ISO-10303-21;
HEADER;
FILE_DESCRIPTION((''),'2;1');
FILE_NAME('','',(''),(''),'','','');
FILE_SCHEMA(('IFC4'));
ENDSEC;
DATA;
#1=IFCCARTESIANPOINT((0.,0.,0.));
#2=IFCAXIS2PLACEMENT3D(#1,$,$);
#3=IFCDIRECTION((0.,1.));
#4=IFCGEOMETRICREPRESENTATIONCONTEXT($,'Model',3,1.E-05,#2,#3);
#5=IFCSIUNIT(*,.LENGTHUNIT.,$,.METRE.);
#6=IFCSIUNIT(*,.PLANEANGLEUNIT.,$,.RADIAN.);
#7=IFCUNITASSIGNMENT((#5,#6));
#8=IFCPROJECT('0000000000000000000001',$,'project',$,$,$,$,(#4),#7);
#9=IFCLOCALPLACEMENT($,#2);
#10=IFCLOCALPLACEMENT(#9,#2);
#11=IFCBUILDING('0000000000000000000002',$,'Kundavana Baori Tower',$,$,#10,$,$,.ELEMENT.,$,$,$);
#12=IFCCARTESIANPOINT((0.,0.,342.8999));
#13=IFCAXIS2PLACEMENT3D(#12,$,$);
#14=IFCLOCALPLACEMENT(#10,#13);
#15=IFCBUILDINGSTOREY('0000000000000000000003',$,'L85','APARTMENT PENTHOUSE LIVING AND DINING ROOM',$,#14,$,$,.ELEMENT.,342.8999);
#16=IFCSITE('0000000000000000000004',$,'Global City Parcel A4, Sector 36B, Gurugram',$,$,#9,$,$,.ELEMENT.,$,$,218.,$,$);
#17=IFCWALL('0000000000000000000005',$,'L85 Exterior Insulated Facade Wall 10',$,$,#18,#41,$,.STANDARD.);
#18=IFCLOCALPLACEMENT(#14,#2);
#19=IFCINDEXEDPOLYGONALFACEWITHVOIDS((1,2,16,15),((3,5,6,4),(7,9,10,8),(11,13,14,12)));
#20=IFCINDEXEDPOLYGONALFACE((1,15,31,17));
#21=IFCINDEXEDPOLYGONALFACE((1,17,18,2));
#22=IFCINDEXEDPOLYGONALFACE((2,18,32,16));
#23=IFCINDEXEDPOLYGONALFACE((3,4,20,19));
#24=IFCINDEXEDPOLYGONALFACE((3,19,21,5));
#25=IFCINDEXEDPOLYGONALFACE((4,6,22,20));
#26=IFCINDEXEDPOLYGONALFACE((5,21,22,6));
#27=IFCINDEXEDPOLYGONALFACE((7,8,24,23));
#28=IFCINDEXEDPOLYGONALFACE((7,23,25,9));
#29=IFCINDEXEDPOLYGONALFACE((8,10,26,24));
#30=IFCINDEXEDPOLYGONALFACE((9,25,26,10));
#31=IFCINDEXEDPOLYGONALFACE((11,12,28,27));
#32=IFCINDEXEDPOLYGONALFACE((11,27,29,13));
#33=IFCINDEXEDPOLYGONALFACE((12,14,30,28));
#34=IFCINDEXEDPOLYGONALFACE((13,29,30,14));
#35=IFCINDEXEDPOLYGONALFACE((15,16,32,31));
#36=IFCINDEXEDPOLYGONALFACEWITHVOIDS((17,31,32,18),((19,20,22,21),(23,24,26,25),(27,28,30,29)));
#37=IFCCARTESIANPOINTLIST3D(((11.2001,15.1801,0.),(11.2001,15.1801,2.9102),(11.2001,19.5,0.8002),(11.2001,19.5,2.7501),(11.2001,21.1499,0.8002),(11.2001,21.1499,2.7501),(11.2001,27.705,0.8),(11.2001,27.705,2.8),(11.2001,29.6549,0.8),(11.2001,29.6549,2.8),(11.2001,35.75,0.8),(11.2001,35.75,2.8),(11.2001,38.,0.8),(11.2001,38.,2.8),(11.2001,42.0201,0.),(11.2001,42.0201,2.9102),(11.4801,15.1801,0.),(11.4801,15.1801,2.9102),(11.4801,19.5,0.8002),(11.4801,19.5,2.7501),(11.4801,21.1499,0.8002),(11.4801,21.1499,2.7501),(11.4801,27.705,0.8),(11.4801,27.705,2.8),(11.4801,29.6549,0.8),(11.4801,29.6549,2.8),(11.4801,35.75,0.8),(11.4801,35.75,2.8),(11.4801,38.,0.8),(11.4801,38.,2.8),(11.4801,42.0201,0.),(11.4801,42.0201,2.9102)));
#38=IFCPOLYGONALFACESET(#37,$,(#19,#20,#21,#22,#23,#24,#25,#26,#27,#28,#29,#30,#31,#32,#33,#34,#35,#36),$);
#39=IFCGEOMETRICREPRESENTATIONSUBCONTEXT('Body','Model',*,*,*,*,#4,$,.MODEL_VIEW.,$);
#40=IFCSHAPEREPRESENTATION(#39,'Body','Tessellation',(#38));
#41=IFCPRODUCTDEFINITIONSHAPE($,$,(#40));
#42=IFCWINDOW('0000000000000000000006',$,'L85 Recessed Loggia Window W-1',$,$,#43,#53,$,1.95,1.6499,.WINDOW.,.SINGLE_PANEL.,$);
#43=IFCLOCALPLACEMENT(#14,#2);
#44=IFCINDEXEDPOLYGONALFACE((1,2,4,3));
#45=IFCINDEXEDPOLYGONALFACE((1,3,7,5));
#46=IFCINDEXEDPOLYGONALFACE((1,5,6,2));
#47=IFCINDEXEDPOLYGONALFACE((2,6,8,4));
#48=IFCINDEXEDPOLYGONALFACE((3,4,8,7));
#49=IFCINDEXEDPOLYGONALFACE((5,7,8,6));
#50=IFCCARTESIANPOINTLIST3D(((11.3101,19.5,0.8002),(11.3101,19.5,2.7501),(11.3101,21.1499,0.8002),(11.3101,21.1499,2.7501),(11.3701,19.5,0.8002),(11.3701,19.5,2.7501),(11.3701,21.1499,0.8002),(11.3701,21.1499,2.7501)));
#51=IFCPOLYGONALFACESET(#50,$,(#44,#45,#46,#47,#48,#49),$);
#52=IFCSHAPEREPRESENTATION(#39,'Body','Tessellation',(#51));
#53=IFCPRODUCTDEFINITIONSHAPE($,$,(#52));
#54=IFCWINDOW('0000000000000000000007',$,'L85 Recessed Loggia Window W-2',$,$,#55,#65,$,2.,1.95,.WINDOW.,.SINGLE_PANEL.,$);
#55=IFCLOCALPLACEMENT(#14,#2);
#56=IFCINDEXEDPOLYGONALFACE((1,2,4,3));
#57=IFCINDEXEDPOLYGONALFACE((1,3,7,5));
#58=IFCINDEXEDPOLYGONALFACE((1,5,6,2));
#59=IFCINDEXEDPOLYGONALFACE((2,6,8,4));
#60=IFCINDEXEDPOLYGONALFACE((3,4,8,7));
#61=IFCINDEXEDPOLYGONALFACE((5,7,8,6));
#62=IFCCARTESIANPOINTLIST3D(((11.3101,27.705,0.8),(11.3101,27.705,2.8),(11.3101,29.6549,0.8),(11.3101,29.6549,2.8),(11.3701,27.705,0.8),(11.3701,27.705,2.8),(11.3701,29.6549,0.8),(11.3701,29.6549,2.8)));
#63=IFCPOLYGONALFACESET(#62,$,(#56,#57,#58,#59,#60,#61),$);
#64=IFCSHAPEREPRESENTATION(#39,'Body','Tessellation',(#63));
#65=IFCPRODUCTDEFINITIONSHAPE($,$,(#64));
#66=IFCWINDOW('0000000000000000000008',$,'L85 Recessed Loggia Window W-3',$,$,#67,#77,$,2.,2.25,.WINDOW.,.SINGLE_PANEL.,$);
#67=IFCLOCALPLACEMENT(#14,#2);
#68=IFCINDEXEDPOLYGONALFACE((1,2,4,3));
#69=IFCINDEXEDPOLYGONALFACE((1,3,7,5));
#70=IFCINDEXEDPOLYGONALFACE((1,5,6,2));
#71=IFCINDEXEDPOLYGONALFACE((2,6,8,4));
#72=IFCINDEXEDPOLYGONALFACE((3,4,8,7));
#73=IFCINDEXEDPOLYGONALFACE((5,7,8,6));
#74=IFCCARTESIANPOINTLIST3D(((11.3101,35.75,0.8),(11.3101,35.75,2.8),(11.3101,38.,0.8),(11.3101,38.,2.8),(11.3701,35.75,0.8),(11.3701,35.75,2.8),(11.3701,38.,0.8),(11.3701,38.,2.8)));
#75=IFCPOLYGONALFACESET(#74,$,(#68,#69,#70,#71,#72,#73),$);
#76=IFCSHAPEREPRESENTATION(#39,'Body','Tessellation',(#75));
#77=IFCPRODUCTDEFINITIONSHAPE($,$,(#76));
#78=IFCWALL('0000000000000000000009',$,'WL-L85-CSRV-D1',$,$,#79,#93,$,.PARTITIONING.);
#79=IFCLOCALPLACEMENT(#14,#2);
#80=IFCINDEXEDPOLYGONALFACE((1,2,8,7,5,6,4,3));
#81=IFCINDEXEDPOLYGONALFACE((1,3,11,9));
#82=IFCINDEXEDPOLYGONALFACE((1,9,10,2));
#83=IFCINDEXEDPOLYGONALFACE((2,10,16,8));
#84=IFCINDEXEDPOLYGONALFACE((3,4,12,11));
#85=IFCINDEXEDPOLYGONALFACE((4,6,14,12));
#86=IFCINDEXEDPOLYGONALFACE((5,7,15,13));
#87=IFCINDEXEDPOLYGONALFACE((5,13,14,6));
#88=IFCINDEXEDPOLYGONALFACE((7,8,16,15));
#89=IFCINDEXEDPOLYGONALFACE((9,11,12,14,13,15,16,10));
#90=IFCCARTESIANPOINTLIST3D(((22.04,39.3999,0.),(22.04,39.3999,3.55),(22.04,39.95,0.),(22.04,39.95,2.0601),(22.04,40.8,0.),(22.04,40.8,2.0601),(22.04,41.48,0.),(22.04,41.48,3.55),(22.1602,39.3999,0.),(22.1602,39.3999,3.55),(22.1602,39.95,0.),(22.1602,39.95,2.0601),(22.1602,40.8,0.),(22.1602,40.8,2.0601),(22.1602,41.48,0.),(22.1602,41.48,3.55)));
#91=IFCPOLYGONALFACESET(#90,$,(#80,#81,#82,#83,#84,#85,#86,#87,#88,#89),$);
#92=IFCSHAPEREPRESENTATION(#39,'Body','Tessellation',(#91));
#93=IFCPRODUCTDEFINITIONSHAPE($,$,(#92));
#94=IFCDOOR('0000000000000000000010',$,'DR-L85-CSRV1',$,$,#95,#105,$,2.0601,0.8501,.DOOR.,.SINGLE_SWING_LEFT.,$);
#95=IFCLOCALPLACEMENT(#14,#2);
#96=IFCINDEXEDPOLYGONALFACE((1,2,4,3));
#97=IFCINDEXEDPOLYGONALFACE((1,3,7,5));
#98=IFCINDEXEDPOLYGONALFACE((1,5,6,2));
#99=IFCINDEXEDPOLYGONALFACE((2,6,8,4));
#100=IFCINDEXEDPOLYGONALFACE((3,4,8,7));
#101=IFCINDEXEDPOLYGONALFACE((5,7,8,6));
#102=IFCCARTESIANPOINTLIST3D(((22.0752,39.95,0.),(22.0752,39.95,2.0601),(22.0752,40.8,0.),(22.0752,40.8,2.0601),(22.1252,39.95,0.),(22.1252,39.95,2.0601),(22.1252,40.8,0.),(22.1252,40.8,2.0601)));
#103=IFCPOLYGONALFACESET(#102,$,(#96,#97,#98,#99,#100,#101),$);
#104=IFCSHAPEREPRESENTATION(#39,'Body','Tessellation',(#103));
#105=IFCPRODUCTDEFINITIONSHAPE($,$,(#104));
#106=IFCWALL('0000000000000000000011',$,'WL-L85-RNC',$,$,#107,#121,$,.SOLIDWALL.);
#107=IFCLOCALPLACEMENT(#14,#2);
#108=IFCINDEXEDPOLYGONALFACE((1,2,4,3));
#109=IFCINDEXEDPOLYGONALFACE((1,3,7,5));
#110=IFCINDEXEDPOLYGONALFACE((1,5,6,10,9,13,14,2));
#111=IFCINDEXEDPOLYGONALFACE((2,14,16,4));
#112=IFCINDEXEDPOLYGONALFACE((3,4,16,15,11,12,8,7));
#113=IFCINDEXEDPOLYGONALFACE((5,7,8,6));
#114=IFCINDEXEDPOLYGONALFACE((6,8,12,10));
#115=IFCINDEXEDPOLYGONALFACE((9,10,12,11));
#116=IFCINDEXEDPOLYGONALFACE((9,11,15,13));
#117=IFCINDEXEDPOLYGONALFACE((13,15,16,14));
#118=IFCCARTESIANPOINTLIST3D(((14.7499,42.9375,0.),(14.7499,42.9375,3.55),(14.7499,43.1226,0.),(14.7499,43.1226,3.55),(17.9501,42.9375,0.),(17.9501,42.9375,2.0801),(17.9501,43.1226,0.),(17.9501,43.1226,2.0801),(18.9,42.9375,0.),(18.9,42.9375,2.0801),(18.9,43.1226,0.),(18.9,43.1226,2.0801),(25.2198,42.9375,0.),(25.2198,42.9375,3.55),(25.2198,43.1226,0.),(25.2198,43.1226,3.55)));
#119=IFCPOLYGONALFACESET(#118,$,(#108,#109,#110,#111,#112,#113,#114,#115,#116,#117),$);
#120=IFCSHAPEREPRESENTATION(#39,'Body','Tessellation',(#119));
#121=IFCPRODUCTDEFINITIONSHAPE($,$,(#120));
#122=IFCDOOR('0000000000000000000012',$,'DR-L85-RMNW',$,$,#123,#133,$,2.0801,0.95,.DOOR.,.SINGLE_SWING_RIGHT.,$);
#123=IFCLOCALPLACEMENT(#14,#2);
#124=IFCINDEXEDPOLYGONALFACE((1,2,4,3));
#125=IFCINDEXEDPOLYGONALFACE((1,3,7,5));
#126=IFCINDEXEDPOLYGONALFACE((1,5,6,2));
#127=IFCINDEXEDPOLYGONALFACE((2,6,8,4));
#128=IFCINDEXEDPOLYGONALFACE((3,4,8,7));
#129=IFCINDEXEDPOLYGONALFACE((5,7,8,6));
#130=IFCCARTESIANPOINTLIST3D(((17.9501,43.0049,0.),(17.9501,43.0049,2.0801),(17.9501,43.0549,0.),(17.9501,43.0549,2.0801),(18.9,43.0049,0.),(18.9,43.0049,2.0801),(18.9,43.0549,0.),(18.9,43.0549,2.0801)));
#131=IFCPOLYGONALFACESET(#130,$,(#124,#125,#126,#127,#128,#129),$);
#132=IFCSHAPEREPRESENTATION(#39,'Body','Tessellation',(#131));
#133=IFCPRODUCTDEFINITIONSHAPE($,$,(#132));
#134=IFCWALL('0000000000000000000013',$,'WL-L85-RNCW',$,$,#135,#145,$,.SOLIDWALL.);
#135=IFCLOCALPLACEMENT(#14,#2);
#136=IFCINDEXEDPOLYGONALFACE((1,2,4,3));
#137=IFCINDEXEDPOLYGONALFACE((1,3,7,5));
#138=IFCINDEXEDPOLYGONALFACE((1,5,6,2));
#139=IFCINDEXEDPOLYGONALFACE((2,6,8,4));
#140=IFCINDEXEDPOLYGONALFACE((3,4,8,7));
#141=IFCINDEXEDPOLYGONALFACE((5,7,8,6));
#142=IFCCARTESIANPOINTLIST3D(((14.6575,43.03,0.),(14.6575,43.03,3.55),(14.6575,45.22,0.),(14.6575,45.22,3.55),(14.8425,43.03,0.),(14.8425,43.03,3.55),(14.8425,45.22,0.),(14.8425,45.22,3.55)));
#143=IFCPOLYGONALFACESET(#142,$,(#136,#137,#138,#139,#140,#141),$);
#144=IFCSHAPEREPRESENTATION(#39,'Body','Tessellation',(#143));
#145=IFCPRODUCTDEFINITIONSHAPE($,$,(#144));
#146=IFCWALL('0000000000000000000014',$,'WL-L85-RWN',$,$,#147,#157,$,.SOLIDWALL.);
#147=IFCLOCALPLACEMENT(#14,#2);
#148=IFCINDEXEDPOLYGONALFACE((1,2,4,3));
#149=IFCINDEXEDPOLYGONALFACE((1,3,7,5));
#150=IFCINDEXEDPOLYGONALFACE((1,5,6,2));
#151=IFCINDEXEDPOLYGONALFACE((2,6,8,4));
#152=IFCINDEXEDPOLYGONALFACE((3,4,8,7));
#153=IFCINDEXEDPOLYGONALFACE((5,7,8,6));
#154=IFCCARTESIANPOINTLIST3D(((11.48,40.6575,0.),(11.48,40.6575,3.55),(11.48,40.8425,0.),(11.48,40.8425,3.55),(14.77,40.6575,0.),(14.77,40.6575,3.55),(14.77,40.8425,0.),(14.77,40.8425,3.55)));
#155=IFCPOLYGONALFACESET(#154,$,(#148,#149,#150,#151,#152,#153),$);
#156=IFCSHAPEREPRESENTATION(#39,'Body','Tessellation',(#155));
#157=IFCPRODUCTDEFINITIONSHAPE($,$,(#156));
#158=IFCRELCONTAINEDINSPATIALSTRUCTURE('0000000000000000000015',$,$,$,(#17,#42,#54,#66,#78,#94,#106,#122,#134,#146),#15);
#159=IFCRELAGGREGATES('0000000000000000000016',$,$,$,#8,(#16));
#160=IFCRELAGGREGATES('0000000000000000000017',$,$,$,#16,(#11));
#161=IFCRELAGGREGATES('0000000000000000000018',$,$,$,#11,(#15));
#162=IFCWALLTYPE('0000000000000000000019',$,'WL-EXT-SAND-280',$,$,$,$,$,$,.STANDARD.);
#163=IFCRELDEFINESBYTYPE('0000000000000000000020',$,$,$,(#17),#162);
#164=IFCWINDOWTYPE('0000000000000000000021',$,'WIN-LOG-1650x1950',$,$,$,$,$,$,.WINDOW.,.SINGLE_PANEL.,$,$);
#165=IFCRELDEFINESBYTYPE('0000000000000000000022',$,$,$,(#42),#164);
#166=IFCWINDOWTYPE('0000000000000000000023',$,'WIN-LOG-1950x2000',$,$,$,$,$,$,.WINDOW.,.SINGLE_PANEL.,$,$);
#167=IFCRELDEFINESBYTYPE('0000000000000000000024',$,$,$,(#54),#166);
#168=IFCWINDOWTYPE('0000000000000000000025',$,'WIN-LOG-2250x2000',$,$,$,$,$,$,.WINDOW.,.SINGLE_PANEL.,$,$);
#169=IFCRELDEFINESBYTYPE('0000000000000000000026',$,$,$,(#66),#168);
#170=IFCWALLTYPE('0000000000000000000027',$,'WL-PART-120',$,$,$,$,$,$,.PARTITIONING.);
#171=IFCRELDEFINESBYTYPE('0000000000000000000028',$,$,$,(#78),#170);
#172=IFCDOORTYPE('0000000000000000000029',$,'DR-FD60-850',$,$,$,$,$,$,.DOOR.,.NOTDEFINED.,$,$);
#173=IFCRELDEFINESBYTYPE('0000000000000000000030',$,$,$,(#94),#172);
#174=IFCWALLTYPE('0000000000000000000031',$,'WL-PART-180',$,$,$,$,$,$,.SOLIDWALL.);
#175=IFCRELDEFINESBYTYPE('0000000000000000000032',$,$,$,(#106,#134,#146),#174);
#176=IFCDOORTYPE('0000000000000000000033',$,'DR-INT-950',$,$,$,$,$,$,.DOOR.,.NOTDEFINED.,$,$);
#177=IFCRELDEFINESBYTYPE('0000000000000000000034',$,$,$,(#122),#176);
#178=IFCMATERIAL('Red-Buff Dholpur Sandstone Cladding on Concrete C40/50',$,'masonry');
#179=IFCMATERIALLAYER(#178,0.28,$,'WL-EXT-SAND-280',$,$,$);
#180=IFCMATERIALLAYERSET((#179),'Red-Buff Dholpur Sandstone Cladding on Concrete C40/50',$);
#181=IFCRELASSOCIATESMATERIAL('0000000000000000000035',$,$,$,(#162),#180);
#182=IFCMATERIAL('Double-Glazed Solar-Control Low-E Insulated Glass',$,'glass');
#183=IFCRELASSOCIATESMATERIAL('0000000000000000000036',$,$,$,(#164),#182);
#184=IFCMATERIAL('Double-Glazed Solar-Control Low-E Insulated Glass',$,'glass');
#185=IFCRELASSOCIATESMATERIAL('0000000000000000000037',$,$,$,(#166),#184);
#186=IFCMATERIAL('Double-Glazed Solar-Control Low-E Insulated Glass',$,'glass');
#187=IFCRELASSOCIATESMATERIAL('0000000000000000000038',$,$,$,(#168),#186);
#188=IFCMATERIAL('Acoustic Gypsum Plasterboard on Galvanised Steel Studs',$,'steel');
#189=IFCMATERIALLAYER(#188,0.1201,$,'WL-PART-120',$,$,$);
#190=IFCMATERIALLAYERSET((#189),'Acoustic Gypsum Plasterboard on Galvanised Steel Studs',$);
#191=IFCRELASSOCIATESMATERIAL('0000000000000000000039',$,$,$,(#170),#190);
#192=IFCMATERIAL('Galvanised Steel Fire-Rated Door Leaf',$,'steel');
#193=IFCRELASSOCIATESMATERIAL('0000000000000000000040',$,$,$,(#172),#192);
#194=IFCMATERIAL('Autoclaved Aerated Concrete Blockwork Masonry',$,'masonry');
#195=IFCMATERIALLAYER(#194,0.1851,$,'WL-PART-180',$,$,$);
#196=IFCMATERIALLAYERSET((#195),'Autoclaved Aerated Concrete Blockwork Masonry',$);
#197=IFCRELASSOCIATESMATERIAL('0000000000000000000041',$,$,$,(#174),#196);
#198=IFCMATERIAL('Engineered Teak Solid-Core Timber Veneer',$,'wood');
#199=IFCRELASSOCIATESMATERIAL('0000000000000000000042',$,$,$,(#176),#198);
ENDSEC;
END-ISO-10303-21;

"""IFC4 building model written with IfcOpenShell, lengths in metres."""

from ifc_helpers import new_model, si_unit, direction, frame, frame_2d, origin, place, context, subcontext, project, spatial, rectangle, extrude, material, layer, layer_set, type_object, element, fill, save


model = new_model("IFC4")

# Units and contexts
model_context = context("Model", 3, precision=1e-05, world=origin(), true_north=direction((0.0, 1.0)))
body_context = subcontext(model_context, "Body", "Model", "MODEL_VIEW")
ifc_project = project(units=[si_unit("LENGTHUNIT", "METRE"), si_unit("PLANEANGLEUNIT", "RADIAN")], contexts=[model_context])

# Site, building, storey
site_placement = place(None, origin())
site = spatial("IfcSite", under=ifc_project, at=site_placement, Name="Global City Parcel A4, Sector 36B, Gurugram", CompositionType="ELEMENT", RefElevation=218.0)
building_placement = place(site_placement, origin())
building = spatial("IfcBuilding", under=site, at=building_placement, Name="Kundavana Baori Tower", CompositionType="ELEMENT")
storey_placement = place(building_placement, frame((0.0, 0.0, 342.8999)))
storey = spatial("IfcBuildingStorey", under=building, at=storey_placement, Name="L85", Description="APARTMENT PENTHOUSE LIVING AND DINING ROOM", CompositionType="ELEMENT", Elevation=342.8999)

# Shared definitions
ifc_material_1 = material(Name="Red-Buff Dholpur Sandstone Cladding on Concrete C40/50", Category="masonry")
ifc_layer_1 = layer(ifc_material_1, 0.28, Name="WL-EXT-SAND-280")
ifc_layer_set_1 = layer_set([ifc_layer_1], Name="Red-Buff Dholpur Sandstone Cladding on Concrete C40/50")
wall_type_1 = type_object("IfcWallType", Name="WL-EXT-SAND-280", PredefinedType="STANDARD", material=ifc_layer_set_1)

# Wall, openings, windows
wall_1_placement = place(storey_placement, frame((11.3401, 42.02, 0.0), z_axis=(0.0, 0.0, 1.0), x_axis=(0.0, -1.0, 0.0)))
wall_1 = element("IfcWall", 1, at=wall_1_placement, inside=storey, type_object=wall_type_1, Name="L85 Exterior Insulated Facade Wall 10", PredefinedType="STANDARD", context=body_context, shape_type="SweptSolid", body=[
    extrude(rectangle(XDim=26.8401, YDim=0.28, at=frame_2d((13.4199, 0.0))), origin(), (0.0, 0.0, 1.0), 2.9102),
])
opening_1_placement = place(wall_1_placement, frame((20.8701, 0.0, 0.8)))
opening_1 = element("IfcOpeningElement", 2, at=opening_1_placement, cuts=wall_1, PredefinedType="OPENING", context=body_context, shape_type="SweptSolid", body=[
    extrude(rectangle(XDim=1.6499, YDim=1.95, at=frame_2d((0.825, 0.9751))), frame((0.0, 0.1499, 0.0), z_axis=(0.0, -1.0, 0.0), x_axis=(1.0, 0.0, 0.0)), (0.0, 0.0, 1.0), 0.3),
])
opening_2_placement = place(wall_1_placement, frame((12.365, 0.0, 0.8)))
opening_2 = element("IfcOpeningElement", 3, at=opening_2_placement, cuts=wall_1, PredefinedType="OPENING", context=body_context, shape_type="SweptSolid", body=[
    extrude(rectangle(XDim=1.95, YDim=2.0, at=frame_2d((0.9751, 1.0))), frame((0.0, 0.1499, 0.0), z_axis=(0.0, -1.0, 0.0), x_axis=(1.0, 0.0, 0.0)), (0.0, 0.0, 1.0), 0.3),
])
opening_3_placement = place(wall_1_placement, frame((4.02, 0.0, 0.8)))
opening_3 = element("IfcOpeningElement", 4, at=opening_3_placement, cuts=wall_1, PredefinedType="OPENING", context=body_context, shape_type="SweptSolid", body=[
    extrude(rectangle(XDim=2.25, YDim=2.0, at=frame_2d((1.125, 1.0))), frame((0.0, 0.1499, 0.0), z_axis=(0.0, -1.0, 0.0), x_axis=(1.0, 0.0, 0.0)), (0.0, 0.0, 1.0), 0.3),
])
ifc_material_2 = material(Name="Double-Glazed Solar-Control Low-E Insulated Glass", Category="glass")
window_type_1 = type_object("IfcWindowType", Name="WIN-LOG-1650x1950", PartitioningType="SINGLE_PANEL", PredefinedType="WINDOW", material=ifc_material_2)
window_1_placement = place(opening_1_placement, origin())
window_1 = element("IfcWindow", 5, at=window_1_placement, inside=storey, type_object=window_type_1, Name="L85 Recessed Loggia Window W-1", OverallHeight=1.95, OverallWidth=1.6499, PartitioningType="SINGLE_PANEL", PredefinedType="WINDOW", context=body_context, shape_type="SweptSolid", body=[
    extrude(rectangle(XDim=1.6499, YDim=1.95, at=frame_2d((0.825, 0.9751))), frame((0.0, 0.03, 0.0), z_axis=(0.0, -1.0, 0.0), x_axis=(1.0, 0.0, 0.0)), (0.0, 0.0, 1.0), 0.0601),
])
fill(opening_1, window_1)
ifc_material_3 = material(Name="Double-Glazed Solar-Control Low-E Insulated Glass", Category="glass")
window_type_2 = type_object("IfcWindowType", Name="WIN-LOG-1950x2000", PartitioningType="SINGLE_PANEL", PredefinedType="WINDOW", material=ifc_material_3)
window_2_placement = place(opening_2_placement, origin())
window_2 = element("IfcWindow", 6, at=window_2_placement, inside=storey, type_object=window_type_2, Name="L85 Recessed Loggia Window W-2", OverallHeight=2.0, OverallWidth=1.95, PartitioningType="SINGLE_PANEL", PredefinedType="WINDOW", context=body_context, shape_type="SweptSolid", body=[
    extrude(rectangle(XDim=1.95, YDim=2.0, at=frame_2d((0.9751, 1.0))), frame((0.0, 0.03, 0.0), z_axis=(0.0, -1.0, 0.0), x_axis=(1.0, 0.0, 0.0)), (0.0, 0.0, 1.0), 0.0601),
])
fill(opening_2, window_2)
ifc_material_4 = material(Name="Double-Glazed Solar-Control Low-E Insulated Glass", Category="glass")
window_type_3 = type_object("IfcWindowType", Name="WIN-LOG-2250x2000", PartitioningType="SINGLE_PANEL", PredefinedType="WINDOW", material=ifc_material_4)
window_3_placement = place(opening_3_placement, origin())
window_3 = element("IfcWindow", 7, at=window_3_placement, inside=storey, type_object=window_type_3, Name="L85 Recessed Loggia Window W-3", OverallHeight=2.0, OverallWidth=2.25, PartitioningType="SINGLE_PANEL", PredefinedType="WINDOW", context=body_context, shape_type="SweptSolid", body=[
    extrude(rectangle(XDim=2.25, YDim=2.0, at=frame_2d((1.125, 1.0))), frame((0.0, 0.03, 0.0), z_axis=(0.0, -1.0, 0.0), x_axis=(1.0, 0.0, 0.0)), (0.0, 0.0, 1.0), 0.0601),
])
fill(opening_3, window_3)

# Walls, openings, doors
ifc_material_5 = material(Name="Acoustic Gypsum Plasterboard on Galvanised Steel Studs", Category="steel")
ifc_layer_2 = layer(ifc_material_5, 0.1201, Name="WL-PART-120")
ifc_layer_set_2 = layer_set([ifc_layer_2], Name="Acoustic Gypsum Plasterboard on Galvanised Steel Studs")
wall_type_2 = type_object("IfcWallType", Name="WL-PART-120", PredefinedType="PARTITIONING", material=ifc_layer_set_2)
wall_2_placement = place(storey_placement, frame((22.1001, 39.3999, 0.0), z_axis=(0.0, 0.0, 1.0), x_axis=(0.0, 1.0, 0.0)))
wall_2 = element("IfcWall", 8, at=wall_2_placement, inside=storey, type_object=wall_type_2, Name="WL-L85-CSRV-D1", PredefinedType="PARTITIONING", context=body_context, shape_type="SweptSolid", body=[
    extrude(rectangle(XDim=2.0801, YDim=0.1201, at=frame_2d((1.04, 0.0))), origin(), (0.0, 0.0, 1.0), 3.55),
])
opening_4_placement = place(wall_2_placement, frame((0.55, 0.0, 0.0)))
opening_4 = element("IfcOpeningElement", 9, at=opening_4_placement, cuts=wall_2, PredefinedType="OPENING", context=body_context, shape_type="SweptSolid", body=[
    extrude(rectangle(XDim=0.8501, YDim=2.0601, at=frame_2d((0.425, 1.03))), frame((0.0, 0.0701, 0.0), z_axis=(0.0, -1.0, 0.0), x_axis=(1.0, 0.0, 0.0)), (0.0, 0.0, 1.0), 0.1401),
])
ifc_material_6 = material(Name="Galvanised Steel Fire-Rated Door Leaf", Category="steel")
door_type_1 = type_object("IfcDoorType", Name="DR-FD60-850", OperationType="NOTDEFINED", PredefinedType="DOOR", material=ifc_material_6)
door_1_placement = place(opening_4_placement, origin())
door_1 = element("IfcDoor", 10, at=door_1_placement, inside=storey, type_object=door_type_1, Name="DR-L85-CSRV1", OperationType="SINGLE_SWING_LEFT", OverallHeight=2.0601, OverallWidth=0.8501, PredefinedType="DOOR", context=body_context, shape_type="SweptSolid", body=[
    extrude(rectangle(XDim=0.8501, YDim=2.0601, at=frame_2d((0.425, 1.03))), frame((0.0, 0.0249, 0.0), z_axis=(0.0, -1.0, 0.0), x_axis=(1.0, 0.0, 0.0)), (0.0, 0.0, 1.0), 0.05),
])
fill(opening_4, door_1)
ifc_material_7 = material(Name="Autoclaved Aerated Concrete Blockwork Masonry", Category="masonry")
ifc_layer_3 = layer(ifc_material_7, 0.1851, Name="WL-PART-180")
ifc_layer_set_3 = layer_set([ifc_layer_3], Name="Autoclaved Aerated Concrete Blockwork Masonry")
wall_type_3 = type_object("IfcWallType", Name="WL-PART-180", PredefinedType="SOLIDWALL", material=ifc_layer_set_3)
wall_3_placement = place(storey_placement, frame((14.75, 43.03, 0.0), z_axis=(0.0, 0.0, 1.0), x_axis=(1.0, 0.0, 0.0)))
wall_3 = element("IfcWall", 11, at=wall_3_placement, inside=storey, type_object=wall_type_3, Name="WL-L85-RNC", PredefinedType="SOLIDWALL", context=body_context, shape_type="SweptSolid", body=[
    extrude(rectangle(XDim=10.47, YDim=0.1851, at=frame_2d((5.2349, 0.0))), origin(), (0.0, 0.0, 1.0), 3.55),
])
opening_5_placement = place(wall_3_placement, frame((3.2, 0.0, 0.0)))
opening_5 = element("IfcOpeningElement", 12, at=opening_5_placement, cuts=wall_3, PredefinedType="OPENING", context=body_context, shape_type="SweptSolid", body=[
    extrude(rectangle(XDim=0.95, YDim=2.0801, at=frame_2d((0.4751, 1.04))), frame((0.0, 0.1025, 0.0), z_axis=(0.0, -1.0, 0.0), x_axis=(1.0, 0.0, 0.0)), (0.0, 0.0, 1.0), 0.2051),
])
ifc_material_8 = material(Name="Engineered Teak Solid-Core Timber Veneer", Category="wood")
door_type_2 = type_object("IfcDoorType", Name="DR-INT-950", OperationType="NOTDEFINED", PredefinedType="DOOR", material=ifc_material_8)
door_2_placement = place(opening_5_placement, origin())
door_2 = element("IfcDoor", 13, at=door_2_placement, inside=storey, type_object=door_type_2, Name="DR-L85-RMNW", OperationType="SINGLE_SWING_RIGHT", OverallHeight=2.0801, OverallWidth=0.95, PredefinedType="DOOR", context=body_context, shape_type="SweptSolid", body=[
    extrude(rectangle(XDim=0.95, YDim=2.0801, at=frame_2d((0.4751, 1.04))), frame((0.0, 0.0249, 0.0), z_axis=(0.0, -1.0, 0.0), x_axis=(1.0, 0.0, 0.0)), (0.0, 0.0, 1.0), 0.05),
])
fill(opening_5, door_2)

# Walls
wall_4_placement = place(storey_placement, frame((14.75, 43.03, 0.0), z_axis=(0.0, 0.0, 1.0), x_axis=(0.0, 1.0, 0.0)))
element("IfcWall", 14, at=wall_4_placement, inside=storey, type_object=wall_type_3, Name="WL-L85-RNCW", PredefinedType="SOLIDWALL", context=body_context, shape_type="SweptSolid", body=[
    extrude(rectangle(XDim=2.1899, YDim=0.1851, at=frame_2d((1.095, 0.0))), origin(), (0.0, 0.0, 1.0), 3.55),
])
wall_5_placement = place(storey_placement, frame((11.48, 40.75, 0.0), z_axis=(0.0, 0.0, 1.0), x_axis=(1.0, 0.0, 0.0)))
element("IfcWall", 15, at=wall_5_placement, inside=storey, type_object=wall_type_3, Name="WL-L85-RWN", PredefinedType="SOLIDWALL", context=body_context, shape_type="SweptSolid", body=[
    extrude(rectangle(XDim=3.29, YDim=0.1851, at=frame_2d((1.645, 0.0))), origin(), (0.0, 0.0, 1.0), 3.55),
])

save(model, "model.ifc")
